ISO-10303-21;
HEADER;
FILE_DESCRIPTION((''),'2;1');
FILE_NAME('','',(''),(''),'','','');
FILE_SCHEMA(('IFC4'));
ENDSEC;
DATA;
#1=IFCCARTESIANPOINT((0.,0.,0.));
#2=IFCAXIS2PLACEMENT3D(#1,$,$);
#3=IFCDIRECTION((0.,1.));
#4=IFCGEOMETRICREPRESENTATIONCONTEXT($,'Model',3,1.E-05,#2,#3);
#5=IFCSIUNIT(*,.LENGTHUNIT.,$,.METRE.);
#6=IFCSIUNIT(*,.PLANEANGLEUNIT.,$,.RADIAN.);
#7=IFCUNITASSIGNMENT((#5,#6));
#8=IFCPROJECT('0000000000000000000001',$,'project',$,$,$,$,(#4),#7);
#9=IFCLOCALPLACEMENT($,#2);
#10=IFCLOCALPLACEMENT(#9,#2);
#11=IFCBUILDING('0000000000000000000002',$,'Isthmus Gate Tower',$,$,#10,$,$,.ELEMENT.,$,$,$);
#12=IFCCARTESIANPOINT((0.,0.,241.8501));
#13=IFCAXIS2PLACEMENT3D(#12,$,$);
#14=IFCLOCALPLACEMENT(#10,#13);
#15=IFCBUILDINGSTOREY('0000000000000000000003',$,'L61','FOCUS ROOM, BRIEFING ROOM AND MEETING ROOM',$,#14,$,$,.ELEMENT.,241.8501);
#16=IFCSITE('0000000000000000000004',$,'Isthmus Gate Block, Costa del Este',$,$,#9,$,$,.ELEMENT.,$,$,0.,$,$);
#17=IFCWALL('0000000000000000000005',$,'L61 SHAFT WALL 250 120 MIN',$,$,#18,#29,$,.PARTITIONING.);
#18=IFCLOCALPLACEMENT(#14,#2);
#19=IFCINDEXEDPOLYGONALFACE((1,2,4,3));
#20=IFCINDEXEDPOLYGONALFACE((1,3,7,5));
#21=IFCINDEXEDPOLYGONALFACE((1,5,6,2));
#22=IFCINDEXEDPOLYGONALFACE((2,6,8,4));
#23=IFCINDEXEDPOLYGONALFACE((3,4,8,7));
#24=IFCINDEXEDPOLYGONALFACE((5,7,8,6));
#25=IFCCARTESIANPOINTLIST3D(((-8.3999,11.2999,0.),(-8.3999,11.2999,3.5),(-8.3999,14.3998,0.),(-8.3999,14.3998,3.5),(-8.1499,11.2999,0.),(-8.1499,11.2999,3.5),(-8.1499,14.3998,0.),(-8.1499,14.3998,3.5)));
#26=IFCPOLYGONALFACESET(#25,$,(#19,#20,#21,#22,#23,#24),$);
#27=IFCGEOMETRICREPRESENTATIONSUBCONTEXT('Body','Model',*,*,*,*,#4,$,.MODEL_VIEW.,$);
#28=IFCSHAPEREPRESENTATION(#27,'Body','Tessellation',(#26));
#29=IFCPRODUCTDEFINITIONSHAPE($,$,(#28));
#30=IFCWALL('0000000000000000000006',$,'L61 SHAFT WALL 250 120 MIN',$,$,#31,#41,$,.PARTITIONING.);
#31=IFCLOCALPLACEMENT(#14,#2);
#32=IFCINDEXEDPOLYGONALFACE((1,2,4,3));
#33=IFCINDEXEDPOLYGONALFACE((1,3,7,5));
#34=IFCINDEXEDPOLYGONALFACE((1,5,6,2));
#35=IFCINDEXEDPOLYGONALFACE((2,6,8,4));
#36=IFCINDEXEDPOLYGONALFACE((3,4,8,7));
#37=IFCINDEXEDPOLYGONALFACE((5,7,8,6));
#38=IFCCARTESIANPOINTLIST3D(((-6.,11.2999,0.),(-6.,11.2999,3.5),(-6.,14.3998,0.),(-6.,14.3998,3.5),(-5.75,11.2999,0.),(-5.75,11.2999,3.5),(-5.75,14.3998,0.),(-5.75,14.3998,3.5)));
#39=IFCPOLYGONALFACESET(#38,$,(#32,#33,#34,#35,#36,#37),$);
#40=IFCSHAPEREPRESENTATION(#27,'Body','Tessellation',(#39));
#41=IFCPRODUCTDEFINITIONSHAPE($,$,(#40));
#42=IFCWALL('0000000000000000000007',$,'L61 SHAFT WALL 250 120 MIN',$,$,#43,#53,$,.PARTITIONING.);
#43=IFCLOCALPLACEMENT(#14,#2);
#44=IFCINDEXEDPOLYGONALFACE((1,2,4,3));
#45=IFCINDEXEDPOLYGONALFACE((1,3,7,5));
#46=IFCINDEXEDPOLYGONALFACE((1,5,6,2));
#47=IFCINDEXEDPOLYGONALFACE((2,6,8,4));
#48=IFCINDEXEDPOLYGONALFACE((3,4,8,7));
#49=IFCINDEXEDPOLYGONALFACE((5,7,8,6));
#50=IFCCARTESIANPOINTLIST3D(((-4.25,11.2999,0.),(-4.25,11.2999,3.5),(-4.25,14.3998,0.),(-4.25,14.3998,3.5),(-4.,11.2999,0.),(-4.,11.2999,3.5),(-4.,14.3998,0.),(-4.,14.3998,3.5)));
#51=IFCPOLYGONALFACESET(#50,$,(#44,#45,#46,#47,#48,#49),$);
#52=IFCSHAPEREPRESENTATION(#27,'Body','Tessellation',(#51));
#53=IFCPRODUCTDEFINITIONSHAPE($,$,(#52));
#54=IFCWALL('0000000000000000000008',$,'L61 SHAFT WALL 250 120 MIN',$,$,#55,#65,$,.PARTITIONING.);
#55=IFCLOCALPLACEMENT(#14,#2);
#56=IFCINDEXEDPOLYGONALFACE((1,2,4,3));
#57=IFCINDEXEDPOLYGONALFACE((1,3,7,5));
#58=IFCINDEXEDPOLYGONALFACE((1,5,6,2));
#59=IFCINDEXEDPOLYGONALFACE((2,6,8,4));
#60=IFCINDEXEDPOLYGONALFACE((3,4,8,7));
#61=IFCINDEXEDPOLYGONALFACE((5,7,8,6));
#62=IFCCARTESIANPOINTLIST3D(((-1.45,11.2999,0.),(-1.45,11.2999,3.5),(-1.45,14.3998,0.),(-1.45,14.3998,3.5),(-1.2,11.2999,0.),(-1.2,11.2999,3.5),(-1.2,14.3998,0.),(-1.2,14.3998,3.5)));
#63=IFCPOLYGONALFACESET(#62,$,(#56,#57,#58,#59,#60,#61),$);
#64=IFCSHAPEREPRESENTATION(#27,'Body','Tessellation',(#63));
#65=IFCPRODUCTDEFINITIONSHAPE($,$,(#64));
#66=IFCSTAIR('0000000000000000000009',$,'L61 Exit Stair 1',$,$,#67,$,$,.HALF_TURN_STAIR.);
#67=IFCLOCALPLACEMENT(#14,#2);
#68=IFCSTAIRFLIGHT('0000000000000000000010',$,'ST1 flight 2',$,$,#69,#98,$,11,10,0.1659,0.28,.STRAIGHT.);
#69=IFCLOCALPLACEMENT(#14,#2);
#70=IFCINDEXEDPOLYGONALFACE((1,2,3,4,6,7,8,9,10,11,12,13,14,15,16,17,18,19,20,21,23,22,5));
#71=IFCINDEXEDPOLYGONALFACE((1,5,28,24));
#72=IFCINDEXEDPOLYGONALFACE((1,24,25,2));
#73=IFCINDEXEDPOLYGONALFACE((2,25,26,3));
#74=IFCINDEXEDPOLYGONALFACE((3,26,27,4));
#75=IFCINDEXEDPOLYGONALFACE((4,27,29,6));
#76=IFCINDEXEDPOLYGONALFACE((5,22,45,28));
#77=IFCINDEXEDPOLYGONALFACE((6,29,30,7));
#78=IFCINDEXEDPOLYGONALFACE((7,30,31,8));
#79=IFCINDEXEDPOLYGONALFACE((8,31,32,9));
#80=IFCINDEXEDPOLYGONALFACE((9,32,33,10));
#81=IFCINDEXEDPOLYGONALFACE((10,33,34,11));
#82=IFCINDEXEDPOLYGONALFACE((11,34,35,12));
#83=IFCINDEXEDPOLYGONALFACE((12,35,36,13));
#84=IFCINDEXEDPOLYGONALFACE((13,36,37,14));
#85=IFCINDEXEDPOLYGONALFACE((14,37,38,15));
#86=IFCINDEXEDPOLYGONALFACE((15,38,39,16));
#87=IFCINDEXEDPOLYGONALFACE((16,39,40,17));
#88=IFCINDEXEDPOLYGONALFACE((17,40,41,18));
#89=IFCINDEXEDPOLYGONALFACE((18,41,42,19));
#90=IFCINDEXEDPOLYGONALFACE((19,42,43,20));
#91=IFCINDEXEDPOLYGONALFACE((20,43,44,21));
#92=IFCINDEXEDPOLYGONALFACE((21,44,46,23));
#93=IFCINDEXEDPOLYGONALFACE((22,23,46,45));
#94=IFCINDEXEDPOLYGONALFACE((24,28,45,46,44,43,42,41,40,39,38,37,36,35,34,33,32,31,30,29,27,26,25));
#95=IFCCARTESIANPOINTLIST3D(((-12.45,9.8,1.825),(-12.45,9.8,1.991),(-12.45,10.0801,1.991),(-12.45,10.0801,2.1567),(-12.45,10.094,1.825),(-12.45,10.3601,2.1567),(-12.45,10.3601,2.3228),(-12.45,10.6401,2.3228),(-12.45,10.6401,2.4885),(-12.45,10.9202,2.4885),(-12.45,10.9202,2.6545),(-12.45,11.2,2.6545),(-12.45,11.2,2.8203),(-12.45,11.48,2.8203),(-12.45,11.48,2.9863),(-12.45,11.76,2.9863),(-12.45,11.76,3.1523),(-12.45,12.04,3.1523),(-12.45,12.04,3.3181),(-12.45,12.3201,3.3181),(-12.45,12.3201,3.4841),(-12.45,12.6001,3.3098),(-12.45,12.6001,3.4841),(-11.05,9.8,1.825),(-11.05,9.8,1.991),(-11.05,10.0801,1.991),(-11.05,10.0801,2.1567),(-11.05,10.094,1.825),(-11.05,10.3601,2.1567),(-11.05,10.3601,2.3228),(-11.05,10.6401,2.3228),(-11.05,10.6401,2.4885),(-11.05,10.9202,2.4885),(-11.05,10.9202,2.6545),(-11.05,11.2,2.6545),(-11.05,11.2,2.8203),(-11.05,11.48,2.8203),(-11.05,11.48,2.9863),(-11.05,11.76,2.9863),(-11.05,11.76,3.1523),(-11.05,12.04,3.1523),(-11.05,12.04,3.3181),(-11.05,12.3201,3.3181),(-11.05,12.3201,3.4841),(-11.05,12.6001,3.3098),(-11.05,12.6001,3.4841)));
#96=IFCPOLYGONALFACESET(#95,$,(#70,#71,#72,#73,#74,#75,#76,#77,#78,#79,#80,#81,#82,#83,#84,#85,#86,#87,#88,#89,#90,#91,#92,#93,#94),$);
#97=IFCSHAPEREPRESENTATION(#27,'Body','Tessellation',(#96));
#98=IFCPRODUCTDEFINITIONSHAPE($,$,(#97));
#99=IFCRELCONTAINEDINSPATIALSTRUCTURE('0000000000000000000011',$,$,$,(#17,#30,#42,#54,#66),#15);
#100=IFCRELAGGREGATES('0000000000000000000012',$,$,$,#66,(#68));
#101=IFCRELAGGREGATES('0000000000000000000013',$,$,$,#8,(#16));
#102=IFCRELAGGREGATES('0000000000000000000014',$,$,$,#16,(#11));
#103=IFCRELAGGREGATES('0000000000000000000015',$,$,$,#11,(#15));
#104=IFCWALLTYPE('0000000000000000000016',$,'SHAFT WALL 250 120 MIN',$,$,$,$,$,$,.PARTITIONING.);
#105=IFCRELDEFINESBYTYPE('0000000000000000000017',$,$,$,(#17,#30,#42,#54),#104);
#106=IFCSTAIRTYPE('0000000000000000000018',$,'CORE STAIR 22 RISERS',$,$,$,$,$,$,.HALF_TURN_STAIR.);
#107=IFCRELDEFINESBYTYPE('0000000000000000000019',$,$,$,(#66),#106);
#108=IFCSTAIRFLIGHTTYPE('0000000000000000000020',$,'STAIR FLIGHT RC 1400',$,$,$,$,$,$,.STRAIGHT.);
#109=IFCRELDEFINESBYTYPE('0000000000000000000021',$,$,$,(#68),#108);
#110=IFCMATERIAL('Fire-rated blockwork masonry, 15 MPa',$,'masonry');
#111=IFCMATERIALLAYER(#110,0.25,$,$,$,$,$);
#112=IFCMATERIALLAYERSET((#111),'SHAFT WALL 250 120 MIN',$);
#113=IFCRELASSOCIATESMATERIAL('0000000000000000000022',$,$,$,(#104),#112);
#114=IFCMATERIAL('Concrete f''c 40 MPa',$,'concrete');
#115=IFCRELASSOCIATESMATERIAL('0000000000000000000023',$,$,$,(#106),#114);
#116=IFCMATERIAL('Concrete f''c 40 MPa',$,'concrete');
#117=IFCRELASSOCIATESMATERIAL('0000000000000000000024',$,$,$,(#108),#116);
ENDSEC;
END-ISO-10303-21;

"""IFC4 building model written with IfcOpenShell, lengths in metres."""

from ifc_helpers import new_model, si_unit, direction, frame, frame_2d, origin, place, context, subcontext, project, spatial, polyline, rectangle, outline, extrude, material, layer, layer_set, type_object, element, aggregate, save


model = new_model("IFC4")

# Units and contexts
model_context = context("Model", 3, precision=1e-05, world=origin(), true_north=direction((0.0, 1.0)))
body_context = subcontext(model_context, "Body", "Model", "MODEL_VIEW")
ifc_project = project(units=[si_unit("LENGTHUNIT", "METRE"), si_unit("PLANEANGLEUNIT", "RADIAN")], contexts=[model_context])

# Site, building, storey
site_placement = place(None, origin())
site = spatial("IfcSite", under=ifc_project, at=site_placement, Name="Isthmus Gate Block, Costa del Este", CompositionType="ELEMENT", RefElevation=0.0)
building_placement = place(site_placement, origin())
building = spatial("IfcBuilding", under=site, at=building_placement, Name="Isthmus Gate Tower", CompositionType="ELEMENT")
storey_placement = place(building_placement, frame((0.0, 0.0, 241.8501)))
storey = spatial("IfcBuildingStorey", under=building, at=storey_placement, Name="L61", Description="FOCUS ROOM, BRIEFING ROOM AND MEETING ROOM", CompositionType="ELEMENT", Elevation=241.8501)

# Walls
ifc_material_1 = material(Name="Fire-rated blockwork masonry, 15 MPa", Category="masonry")
ifc_layer_1 = layer(ifc_material_1, 0.25)
ifc_layer_set_1 = layer_set([ifc_layer_1], Name="SHAFT WALL 250 120 MIN")
wall_type_1 = type_object("IfcWallType", Name="SHAFT WALL 250 120 MIN", PredefinedType="PARTITIONING", material=ifc_layer_set_1)
for number, where, z_axis, x_axis, name in (
    (1, (-8.2749, 11.3, 0.0), (0.0, 0.0, 1.0), (0.0, 1.0, 0.0), "L61 SHAFT WALL 250 120 MIN"),
    (2, (-5.875, 11.3, 0.0), (0.0, 0.0, 1.0), (0.0, 1.0, 0.0), "L61 SHAFT WALL 250 120 MIN"),
    (3, (-4.125, 11.3, 0.0), (0.0, 0.0, 1.0), (0.0, 1.0, 0.0), "L61 SHAFT WALL 250 120 MIN"),
    (4, (-1.325, 11.3, 0.0), (0.0, 0.0, 1.0), (0.0, 1.0, 0.0), "L61 SHAFT WALL 250 120 MIN"),
):
    element("IfcWall", number, at=place(storey_placement, frame(where, z_axis=z_axis, x_axis=x_axis)), inside=storey, type_object=wall_type_1, Name=name, PredefinedType="PARTITIONING", context=body_context, shape_type="SweptSolid", body=[
        extrude(rectangle(XDim=3.0999, YDim=0.25, at=frame_2d((1.5498, 0.0))), origin(), (0.0, 0.0, 1.0), 3.5),
    ])

# Stair, stair flight
ifc_material_2 = material(Name="Concrete f'c 40 MPa", Category="concrete")
stair_type = type_object("IfcStairType", Name="CORE STAIR 22 RISERS", PredefinedType="HALF_TURN_STAIR", material=ifc_material_2)
stair_placement = place(storey_placement, origin())
stair = element("IfcStair", 5, at=stair_placement, inside=storey, type_object=stair_type, Name="L61 Exit Stair 1", PredefinedType="HALF_TURN_STAIR")
ifc_material_3 = material(Name="Concrete f'c 40 MPa", Category="concrete")
stair_flight_type = type_object("IfcStairFlightType", Name="STAIR FLIGHT RC 1400", PredefinedType="STRAIGHT", material=ifc_material_3)
stair_flight_placement = place(storey_placement, frame((-11.75, 9.8, 1.825), z_axis=(0.0, 0.0, 1.0), x_axis=(0.0, 1.0, 0.0)))
stair_flight = element("IfcStairFlight", 6, at=stair_flight_placement, type_object=stair_flight_type, Name="ST1 flight 2", NumberOfRisers=11, NumberOfTreads=10, PredefinedType="STRAIGHT", RiserHeight=0.1659, TreadLength=0.28, context=body_context, shape_type="SweptSolid", body=[
    extrude(outline(polyline([(0.0, 0.0), (0.0, 0.166), (0.28, 0.166), (0.28, 0.3318), (0.5601, 0.3318), (0.5601, 0.4978), (0.8401, 0.4978), (0.8401, 0.6636), (1.1201, 0.6636), (1.1201, 0.8296), (1.3999, 0.8296), (1.3999, 0.9954), (1.6799, 0.9954), (1.6799, 1.1614), (1.96, 1.1614), (1.96, 1.3274), (2.24, 1.3274), (2.24, 1.4932), (2.52, 1.4932), (2.52, 1.6592), (2.8, 1.6592), (2.8, 1.825), (2.8, 1.4849), (0.2939, 0.0), (0.0, 0.0)])), frame((0.0, 0.7, 0.0), z_axis=(0.0, -1.0, 0.0), x_axis=(1.0, 0.0, 0.0)), (0.0, 0.0, 1.0), 1.3999),
])
aggregate(stair, [stair_flight])

save(model, "model.ifc")
